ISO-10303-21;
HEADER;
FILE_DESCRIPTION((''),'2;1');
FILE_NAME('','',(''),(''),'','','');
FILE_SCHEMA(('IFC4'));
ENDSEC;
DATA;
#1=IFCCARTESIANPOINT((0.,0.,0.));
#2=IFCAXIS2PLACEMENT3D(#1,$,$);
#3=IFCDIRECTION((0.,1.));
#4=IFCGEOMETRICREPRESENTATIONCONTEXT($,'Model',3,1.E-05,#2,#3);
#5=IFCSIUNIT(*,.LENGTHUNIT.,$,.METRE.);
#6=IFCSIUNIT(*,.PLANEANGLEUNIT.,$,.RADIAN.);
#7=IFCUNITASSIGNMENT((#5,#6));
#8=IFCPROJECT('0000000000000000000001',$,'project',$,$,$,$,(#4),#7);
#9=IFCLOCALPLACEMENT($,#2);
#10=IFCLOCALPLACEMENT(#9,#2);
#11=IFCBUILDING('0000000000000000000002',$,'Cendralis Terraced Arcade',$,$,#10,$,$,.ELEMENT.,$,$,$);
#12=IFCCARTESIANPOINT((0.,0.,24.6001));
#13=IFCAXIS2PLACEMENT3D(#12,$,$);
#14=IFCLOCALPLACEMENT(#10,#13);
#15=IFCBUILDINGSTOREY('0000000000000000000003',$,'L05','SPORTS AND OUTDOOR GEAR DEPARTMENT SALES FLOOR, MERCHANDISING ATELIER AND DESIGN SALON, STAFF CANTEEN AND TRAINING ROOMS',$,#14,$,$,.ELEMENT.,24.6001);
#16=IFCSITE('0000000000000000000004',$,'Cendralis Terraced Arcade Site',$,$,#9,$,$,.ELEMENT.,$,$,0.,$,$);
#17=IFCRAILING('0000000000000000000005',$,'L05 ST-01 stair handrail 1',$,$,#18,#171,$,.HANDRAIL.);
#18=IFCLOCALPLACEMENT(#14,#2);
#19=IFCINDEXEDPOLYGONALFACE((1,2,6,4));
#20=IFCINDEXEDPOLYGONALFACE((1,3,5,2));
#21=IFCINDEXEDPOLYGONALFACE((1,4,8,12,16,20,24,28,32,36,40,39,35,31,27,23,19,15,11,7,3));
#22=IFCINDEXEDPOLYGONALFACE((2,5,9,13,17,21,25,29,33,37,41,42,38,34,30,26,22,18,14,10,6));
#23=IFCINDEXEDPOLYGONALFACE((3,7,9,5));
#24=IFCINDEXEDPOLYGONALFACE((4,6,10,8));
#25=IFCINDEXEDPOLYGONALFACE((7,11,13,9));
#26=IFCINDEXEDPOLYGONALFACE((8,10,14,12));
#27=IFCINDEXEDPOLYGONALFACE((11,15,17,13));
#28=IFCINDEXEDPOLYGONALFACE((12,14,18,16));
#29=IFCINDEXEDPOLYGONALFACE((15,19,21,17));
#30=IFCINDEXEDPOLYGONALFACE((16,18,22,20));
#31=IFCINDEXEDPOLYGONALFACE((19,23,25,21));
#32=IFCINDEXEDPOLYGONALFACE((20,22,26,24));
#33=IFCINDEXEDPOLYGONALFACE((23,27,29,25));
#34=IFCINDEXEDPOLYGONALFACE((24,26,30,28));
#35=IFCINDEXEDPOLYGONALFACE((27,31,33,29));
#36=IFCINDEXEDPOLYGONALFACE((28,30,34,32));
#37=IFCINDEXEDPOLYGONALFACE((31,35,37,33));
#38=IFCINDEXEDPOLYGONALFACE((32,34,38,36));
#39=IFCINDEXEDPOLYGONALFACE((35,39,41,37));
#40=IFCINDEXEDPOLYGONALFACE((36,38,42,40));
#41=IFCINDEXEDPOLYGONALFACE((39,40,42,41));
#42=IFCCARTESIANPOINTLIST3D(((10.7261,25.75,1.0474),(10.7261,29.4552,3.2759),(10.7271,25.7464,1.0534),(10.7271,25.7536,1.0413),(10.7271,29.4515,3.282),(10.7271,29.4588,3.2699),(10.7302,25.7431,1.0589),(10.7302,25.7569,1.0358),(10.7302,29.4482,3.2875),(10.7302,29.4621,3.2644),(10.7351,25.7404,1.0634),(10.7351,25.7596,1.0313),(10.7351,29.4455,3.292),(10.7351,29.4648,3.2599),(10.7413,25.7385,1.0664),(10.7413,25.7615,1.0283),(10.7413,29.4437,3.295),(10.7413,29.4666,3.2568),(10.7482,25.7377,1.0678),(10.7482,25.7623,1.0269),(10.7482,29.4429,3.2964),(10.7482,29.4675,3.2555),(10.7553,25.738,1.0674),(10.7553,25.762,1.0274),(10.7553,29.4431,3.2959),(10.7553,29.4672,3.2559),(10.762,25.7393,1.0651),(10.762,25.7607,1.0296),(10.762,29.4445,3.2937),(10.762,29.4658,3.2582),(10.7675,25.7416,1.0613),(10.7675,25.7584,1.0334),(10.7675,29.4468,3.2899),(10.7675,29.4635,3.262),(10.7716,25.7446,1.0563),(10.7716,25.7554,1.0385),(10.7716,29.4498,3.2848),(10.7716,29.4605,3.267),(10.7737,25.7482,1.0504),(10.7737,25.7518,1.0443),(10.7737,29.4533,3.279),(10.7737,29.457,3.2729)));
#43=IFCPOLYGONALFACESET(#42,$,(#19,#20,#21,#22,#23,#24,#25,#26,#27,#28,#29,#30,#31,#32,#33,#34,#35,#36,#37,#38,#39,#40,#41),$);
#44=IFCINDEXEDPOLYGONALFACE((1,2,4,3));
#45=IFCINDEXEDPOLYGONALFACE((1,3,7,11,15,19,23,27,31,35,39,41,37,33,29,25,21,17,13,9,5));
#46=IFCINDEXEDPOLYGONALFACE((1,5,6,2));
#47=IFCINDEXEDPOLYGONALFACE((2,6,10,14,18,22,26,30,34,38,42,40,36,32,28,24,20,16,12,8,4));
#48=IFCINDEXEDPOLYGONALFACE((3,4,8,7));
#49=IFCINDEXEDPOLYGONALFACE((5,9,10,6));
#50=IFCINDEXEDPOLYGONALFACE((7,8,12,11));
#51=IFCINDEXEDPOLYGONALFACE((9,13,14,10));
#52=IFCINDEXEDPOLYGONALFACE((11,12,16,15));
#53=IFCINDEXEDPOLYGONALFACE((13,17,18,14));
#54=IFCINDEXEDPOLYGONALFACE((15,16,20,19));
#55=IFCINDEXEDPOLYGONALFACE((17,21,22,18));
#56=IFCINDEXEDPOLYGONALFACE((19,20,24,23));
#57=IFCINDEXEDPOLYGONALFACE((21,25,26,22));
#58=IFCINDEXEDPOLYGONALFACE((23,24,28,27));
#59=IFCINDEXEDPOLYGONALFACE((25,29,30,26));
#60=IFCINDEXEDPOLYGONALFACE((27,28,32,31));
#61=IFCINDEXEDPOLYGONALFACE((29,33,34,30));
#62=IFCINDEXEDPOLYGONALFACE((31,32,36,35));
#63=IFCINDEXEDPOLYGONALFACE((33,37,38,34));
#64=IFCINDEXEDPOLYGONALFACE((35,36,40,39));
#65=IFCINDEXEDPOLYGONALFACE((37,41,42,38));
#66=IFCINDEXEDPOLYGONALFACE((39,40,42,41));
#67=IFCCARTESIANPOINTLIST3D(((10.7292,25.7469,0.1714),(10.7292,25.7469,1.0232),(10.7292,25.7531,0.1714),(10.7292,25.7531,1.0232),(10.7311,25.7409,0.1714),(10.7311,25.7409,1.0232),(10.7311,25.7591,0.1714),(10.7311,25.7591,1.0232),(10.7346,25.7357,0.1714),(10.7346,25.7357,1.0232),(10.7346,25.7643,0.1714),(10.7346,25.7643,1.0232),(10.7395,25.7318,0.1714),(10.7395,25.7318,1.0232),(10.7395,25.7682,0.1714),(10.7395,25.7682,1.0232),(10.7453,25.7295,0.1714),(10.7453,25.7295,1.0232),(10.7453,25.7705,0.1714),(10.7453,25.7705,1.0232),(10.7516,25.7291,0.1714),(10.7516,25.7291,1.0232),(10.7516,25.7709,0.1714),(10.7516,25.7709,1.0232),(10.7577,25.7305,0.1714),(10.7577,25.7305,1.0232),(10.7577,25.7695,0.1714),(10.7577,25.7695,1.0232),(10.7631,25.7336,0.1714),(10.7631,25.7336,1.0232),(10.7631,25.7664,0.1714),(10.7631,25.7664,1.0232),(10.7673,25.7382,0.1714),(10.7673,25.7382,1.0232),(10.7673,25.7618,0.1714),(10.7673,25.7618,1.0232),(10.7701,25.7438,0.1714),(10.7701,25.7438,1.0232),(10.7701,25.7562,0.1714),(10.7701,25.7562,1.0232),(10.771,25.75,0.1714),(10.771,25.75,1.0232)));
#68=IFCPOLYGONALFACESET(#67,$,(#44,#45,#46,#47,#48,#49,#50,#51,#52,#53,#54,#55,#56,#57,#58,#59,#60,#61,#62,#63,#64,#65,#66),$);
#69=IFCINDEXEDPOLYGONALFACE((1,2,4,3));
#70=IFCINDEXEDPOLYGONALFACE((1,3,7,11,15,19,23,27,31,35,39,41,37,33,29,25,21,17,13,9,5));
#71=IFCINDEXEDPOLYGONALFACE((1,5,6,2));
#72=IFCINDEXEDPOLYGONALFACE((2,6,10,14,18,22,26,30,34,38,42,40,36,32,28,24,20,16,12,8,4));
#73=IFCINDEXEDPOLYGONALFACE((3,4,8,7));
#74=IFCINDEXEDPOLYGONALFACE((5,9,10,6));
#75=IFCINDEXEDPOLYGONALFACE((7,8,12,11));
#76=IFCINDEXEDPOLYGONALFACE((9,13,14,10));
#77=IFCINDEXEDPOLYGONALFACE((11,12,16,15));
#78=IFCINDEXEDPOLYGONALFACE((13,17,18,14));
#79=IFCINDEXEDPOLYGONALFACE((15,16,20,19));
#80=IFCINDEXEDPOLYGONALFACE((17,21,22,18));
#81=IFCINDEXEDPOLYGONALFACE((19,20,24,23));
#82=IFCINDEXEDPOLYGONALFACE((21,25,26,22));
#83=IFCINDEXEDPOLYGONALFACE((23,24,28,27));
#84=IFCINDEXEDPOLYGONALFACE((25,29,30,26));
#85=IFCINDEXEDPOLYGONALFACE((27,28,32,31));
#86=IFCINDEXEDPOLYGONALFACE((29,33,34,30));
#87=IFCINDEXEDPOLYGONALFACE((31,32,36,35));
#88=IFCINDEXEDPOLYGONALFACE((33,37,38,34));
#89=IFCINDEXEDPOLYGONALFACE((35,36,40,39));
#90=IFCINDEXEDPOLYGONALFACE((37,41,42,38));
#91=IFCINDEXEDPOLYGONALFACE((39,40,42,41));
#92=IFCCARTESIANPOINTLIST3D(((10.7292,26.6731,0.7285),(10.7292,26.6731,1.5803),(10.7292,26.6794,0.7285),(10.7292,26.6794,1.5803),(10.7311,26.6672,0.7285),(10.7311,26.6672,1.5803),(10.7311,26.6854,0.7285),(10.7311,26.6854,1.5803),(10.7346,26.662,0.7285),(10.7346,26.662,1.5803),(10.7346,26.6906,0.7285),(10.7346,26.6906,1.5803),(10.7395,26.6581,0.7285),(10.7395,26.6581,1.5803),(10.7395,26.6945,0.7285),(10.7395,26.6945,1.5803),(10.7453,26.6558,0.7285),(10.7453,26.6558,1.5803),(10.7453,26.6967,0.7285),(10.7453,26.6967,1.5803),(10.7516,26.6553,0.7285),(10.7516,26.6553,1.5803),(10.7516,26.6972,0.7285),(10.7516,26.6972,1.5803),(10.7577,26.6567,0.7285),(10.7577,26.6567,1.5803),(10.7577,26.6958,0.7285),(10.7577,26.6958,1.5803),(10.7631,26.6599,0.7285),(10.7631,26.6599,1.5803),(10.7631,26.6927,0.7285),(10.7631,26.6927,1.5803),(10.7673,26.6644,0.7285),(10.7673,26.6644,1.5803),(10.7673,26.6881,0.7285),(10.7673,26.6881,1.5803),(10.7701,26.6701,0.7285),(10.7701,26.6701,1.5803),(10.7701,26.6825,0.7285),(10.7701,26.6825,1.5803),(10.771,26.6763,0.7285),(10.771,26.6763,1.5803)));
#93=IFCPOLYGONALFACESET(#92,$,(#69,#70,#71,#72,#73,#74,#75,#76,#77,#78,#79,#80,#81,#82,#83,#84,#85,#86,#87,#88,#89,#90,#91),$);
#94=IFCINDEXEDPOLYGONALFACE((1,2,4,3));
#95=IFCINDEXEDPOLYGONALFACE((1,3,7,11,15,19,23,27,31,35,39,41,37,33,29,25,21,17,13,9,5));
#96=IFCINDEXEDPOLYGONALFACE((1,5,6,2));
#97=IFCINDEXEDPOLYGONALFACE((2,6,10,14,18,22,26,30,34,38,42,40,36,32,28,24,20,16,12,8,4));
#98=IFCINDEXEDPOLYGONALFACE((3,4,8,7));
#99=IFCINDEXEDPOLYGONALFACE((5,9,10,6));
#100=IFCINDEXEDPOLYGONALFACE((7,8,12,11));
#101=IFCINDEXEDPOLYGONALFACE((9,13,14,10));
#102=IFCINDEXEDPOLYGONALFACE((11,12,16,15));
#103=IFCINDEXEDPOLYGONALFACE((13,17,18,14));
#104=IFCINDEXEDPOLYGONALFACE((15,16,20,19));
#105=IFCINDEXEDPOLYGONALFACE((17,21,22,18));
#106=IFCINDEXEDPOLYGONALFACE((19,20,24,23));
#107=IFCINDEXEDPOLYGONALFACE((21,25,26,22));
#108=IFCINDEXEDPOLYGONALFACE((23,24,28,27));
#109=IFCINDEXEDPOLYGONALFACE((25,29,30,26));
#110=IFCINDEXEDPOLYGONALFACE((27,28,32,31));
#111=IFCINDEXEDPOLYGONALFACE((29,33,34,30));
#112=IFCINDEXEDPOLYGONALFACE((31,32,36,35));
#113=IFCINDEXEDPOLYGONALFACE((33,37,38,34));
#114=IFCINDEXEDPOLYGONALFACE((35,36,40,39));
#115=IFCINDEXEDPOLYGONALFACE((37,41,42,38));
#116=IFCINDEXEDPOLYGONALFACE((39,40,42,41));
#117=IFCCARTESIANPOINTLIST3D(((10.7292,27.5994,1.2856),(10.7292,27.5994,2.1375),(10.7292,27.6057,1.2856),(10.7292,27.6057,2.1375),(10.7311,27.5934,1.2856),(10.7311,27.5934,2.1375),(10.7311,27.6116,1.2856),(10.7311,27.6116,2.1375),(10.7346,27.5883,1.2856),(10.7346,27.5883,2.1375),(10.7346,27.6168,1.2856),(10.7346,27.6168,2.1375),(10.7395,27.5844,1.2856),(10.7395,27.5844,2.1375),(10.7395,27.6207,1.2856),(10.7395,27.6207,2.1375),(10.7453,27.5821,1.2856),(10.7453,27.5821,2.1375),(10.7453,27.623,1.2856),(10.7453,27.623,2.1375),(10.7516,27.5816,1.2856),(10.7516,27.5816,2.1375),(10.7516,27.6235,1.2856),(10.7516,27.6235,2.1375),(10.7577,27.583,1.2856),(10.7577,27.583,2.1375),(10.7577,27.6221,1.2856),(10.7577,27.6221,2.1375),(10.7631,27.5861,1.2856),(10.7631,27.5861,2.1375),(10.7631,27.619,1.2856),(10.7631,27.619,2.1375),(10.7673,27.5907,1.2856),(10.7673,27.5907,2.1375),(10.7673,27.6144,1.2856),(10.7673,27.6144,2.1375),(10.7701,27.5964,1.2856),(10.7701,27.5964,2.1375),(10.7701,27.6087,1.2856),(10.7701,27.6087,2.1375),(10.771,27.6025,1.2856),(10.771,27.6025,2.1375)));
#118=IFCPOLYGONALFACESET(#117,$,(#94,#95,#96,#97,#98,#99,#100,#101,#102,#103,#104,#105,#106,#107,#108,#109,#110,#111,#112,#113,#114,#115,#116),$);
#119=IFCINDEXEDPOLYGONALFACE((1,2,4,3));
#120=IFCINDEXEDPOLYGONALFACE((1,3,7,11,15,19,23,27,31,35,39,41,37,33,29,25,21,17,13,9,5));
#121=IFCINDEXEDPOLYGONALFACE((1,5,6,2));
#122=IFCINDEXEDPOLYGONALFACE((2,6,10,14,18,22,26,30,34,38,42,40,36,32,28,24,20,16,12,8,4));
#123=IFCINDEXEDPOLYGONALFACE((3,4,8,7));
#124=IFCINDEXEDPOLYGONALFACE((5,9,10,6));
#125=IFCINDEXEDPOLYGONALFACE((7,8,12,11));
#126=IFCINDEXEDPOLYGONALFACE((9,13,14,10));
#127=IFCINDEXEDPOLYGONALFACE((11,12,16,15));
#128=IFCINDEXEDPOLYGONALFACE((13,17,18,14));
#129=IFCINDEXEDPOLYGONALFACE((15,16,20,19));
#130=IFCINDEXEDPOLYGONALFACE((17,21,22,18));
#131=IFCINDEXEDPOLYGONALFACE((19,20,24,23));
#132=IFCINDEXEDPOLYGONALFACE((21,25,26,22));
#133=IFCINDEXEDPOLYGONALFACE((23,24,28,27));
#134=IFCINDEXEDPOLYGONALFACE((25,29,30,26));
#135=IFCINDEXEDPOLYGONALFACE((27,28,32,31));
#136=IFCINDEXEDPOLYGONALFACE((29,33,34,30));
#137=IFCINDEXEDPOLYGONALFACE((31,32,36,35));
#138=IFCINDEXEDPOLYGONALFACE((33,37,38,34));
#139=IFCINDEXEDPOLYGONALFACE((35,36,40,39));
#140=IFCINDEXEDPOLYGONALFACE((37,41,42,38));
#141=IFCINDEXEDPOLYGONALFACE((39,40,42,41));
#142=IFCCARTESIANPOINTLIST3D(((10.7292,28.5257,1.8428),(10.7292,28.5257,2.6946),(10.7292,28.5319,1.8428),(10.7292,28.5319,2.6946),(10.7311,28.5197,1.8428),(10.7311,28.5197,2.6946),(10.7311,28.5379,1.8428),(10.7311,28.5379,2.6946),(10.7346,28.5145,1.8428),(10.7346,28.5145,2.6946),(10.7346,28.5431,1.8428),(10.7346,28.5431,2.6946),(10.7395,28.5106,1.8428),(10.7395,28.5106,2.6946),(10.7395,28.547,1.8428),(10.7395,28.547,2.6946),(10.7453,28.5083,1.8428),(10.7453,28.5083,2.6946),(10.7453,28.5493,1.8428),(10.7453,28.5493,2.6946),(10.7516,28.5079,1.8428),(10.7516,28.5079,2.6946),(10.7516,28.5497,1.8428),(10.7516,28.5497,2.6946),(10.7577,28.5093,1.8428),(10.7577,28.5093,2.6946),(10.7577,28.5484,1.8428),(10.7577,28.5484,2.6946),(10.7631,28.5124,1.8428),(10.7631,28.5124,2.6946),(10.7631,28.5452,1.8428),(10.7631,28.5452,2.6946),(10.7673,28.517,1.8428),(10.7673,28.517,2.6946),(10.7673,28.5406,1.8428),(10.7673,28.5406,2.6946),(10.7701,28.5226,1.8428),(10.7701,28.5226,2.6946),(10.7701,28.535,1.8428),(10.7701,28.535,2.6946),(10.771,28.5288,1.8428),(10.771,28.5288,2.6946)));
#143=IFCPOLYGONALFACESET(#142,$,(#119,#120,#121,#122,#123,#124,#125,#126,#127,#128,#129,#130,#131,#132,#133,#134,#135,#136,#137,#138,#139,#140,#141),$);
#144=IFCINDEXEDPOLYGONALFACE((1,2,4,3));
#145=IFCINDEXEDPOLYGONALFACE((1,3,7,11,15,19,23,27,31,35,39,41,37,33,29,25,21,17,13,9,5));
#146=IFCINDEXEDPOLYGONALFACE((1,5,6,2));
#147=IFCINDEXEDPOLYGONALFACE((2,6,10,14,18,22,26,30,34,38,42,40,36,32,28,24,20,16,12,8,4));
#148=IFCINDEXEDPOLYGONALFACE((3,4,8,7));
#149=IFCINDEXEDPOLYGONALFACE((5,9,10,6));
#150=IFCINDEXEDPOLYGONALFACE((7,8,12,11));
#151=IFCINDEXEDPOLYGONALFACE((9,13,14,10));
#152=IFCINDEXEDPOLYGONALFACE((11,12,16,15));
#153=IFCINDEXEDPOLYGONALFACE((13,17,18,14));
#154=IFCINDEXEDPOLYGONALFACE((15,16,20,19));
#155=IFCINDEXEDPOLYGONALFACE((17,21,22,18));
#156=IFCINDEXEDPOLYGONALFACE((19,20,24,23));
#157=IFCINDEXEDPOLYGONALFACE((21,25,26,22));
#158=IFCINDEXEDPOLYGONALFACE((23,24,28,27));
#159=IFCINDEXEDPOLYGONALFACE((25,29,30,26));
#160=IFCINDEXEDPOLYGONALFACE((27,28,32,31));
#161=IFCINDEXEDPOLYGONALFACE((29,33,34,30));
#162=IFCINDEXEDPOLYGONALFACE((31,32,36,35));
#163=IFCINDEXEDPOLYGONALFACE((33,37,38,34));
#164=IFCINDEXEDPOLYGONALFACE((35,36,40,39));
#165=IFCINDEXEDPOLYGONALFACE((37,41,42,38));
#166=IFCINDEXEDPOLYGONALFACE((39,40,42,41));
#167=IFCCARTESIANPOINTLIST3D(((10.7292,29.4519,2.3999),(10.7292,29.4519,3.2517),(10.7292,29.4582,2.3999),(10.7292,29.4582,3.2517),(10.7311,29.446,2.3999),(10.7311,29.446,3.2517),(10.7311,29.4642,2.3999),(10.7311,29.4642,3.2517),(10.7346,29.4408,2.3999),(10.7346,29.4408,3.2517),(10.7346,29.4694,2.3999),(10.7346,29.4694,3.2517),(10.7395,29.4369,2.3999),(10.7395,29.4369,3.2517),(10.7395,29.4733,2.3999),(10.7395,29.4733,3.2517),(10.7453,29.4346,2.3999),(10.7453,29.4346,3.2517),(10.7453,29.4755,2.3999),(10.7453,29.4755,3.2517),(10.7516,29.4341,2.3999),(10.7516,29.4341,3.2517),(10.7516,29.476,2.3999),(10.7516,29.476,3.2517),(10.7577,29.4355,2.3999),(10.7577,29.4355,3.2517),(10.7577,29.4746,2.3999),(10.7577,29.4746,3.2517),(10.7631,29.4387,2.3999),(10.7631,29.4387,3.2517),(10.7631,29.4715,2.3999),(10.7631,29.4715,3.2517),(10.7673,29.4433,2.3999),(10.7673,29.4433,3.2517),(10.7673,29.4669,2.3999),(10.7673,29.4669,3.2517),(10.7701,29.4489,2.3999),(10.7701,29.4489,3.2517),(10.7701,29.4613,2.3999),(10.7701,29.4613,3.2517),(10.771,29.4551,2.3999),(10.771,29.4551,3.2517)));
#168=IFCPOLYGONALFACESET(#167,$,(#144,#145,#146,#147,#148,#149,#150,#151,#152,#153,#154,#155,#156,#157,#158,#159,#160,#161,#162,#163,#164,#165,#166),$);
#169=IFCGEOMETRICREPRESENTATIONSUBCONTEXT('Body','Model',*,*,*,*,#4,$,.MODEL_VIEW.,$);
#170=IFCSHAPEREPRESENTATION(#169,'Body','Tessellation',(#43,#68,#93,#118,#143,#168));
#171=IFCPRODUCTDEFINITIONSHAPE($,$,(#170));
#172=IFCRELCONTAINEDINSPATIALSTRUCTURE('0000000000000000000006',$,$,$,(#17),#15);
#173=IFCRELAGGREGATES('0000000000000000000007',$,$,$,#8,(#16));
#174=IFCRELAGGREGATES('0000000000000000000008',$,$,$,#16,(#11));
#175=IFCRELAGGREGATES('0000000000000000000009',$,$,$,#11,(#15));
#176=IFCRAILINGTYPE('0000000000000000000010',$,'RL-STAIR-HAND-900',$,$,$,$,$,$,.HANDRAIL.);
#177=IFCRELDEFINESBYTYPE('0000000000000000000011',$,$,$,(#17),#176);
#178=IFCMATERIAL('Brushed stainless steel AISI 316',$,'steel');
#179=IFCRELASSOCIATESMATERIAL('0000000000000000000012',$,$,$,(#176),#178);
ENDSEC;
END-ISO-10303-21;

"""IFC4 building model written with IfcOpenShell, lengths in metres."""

from ifc_helpers import new_model, si_unit, direction, frame, origin, origin_2d, place, context, subcontext, project, spatial, circle, extrude, material, type_object, element, save


model = new_model("IFC4")

# Units and contexts
model_context = context("Model", 3, precision=1e-05, world=origin(), true_north=direction((0.0, 1.0)))
body_context = subcontext(model_context, "Body", "Model", "MODEL_VIEW")
ifc_project = project(units=[si_unit("LENGTHUNIT", "METRE"), si_unit("PLANEANGLEUNIT", "RADIAN")], contexts=[model_context])

# Site, building, storey
site_placement = place(None, origin())
site = spatial("IfcSite", under=ifc_project, at=site_placement, Name="Cendralis Terraced Arcade Site", CompositionType="ELEMENT", RefElevation=0.0)
building_placement = place(site_placement, origin())
building = spatial("IfcBuilding", under=site, at=building_placement, Name="Cendralis Terraced Arcade", CompositionType="ELEMENT")
storey_placement = place(building_placement, frame((0.0, 0.0, 24.6001)))
storey = spatial("IfcBuildingStorey", under=building, at=storey_placement, Name="L05", Description="SPORTS AND OUTDOOR GEAR DEPARTMENT SALES FLOOR, MERCHANDISING ATELIER AND DESIGN SALON, STAFF CANTEEN AND TRAINING ROOMS", CompositionType="ELEMENT", Elevation=24.6001)

# Railing
ifc_material_1 = material(Name="Brushed stainless steel AISI 316", Category="steel")
railing_type_1 = type_object("IfcRailingType", Name="RL-STAIR-HAND-900", PredefinedType="HANDRAIL", material=ifc_material_1)
railing_1_placement = place(storey_placement, frame((10.75, 25.75, 0.1714)))
element("IfcRailing", 1, at=railing_1_placement, inside=storey, type_object=railing_type_1, Name="L05 ST-01 stair handrail 1", PredefinedType="HANDRAIL", context=body_context, shape_type="SweptSolid", body=[
    extrude(circle(Radius=0.0239, at=origin_2d()), frame((0.0, 0.0, 0.876), z_axis=(0.0, 0.856934, 0.515425), x_axis=(-1.0, 0.0, 0.0)), (0.0, 0.0, 1.0), 4.3237),
    extrude(circle(Radius=0.021, at=origin_2d()), origin(), (0.0, 0.0, 1.0), 0.8518),
    extrude(circle(Radius=0.021, at=origin_2d()), frame((0.0, 0.9263, 0.5571)), (0.0, 0.0, 1.0), 0.8518),
    extrude(circle(Radius=0.021, at=origin_2d()), frame((0.0, 1.8525, 1.1143)), (0.0, 0.0, 1.0), 0.8518),
    extrude(circle(Radius=0.021, at=origin_2d()), frame((0.0, 2.7788, 1.6714)), (0.0, 0.0, 1.0), 0.8518),
    extrude(circle(Radius=0.021, at=origin_2d()), frame((0.0, 3.7051, 2.2285)), (0.0, 0.0, 1.0), 0.8518),
])

save(model, "model.ifc")
